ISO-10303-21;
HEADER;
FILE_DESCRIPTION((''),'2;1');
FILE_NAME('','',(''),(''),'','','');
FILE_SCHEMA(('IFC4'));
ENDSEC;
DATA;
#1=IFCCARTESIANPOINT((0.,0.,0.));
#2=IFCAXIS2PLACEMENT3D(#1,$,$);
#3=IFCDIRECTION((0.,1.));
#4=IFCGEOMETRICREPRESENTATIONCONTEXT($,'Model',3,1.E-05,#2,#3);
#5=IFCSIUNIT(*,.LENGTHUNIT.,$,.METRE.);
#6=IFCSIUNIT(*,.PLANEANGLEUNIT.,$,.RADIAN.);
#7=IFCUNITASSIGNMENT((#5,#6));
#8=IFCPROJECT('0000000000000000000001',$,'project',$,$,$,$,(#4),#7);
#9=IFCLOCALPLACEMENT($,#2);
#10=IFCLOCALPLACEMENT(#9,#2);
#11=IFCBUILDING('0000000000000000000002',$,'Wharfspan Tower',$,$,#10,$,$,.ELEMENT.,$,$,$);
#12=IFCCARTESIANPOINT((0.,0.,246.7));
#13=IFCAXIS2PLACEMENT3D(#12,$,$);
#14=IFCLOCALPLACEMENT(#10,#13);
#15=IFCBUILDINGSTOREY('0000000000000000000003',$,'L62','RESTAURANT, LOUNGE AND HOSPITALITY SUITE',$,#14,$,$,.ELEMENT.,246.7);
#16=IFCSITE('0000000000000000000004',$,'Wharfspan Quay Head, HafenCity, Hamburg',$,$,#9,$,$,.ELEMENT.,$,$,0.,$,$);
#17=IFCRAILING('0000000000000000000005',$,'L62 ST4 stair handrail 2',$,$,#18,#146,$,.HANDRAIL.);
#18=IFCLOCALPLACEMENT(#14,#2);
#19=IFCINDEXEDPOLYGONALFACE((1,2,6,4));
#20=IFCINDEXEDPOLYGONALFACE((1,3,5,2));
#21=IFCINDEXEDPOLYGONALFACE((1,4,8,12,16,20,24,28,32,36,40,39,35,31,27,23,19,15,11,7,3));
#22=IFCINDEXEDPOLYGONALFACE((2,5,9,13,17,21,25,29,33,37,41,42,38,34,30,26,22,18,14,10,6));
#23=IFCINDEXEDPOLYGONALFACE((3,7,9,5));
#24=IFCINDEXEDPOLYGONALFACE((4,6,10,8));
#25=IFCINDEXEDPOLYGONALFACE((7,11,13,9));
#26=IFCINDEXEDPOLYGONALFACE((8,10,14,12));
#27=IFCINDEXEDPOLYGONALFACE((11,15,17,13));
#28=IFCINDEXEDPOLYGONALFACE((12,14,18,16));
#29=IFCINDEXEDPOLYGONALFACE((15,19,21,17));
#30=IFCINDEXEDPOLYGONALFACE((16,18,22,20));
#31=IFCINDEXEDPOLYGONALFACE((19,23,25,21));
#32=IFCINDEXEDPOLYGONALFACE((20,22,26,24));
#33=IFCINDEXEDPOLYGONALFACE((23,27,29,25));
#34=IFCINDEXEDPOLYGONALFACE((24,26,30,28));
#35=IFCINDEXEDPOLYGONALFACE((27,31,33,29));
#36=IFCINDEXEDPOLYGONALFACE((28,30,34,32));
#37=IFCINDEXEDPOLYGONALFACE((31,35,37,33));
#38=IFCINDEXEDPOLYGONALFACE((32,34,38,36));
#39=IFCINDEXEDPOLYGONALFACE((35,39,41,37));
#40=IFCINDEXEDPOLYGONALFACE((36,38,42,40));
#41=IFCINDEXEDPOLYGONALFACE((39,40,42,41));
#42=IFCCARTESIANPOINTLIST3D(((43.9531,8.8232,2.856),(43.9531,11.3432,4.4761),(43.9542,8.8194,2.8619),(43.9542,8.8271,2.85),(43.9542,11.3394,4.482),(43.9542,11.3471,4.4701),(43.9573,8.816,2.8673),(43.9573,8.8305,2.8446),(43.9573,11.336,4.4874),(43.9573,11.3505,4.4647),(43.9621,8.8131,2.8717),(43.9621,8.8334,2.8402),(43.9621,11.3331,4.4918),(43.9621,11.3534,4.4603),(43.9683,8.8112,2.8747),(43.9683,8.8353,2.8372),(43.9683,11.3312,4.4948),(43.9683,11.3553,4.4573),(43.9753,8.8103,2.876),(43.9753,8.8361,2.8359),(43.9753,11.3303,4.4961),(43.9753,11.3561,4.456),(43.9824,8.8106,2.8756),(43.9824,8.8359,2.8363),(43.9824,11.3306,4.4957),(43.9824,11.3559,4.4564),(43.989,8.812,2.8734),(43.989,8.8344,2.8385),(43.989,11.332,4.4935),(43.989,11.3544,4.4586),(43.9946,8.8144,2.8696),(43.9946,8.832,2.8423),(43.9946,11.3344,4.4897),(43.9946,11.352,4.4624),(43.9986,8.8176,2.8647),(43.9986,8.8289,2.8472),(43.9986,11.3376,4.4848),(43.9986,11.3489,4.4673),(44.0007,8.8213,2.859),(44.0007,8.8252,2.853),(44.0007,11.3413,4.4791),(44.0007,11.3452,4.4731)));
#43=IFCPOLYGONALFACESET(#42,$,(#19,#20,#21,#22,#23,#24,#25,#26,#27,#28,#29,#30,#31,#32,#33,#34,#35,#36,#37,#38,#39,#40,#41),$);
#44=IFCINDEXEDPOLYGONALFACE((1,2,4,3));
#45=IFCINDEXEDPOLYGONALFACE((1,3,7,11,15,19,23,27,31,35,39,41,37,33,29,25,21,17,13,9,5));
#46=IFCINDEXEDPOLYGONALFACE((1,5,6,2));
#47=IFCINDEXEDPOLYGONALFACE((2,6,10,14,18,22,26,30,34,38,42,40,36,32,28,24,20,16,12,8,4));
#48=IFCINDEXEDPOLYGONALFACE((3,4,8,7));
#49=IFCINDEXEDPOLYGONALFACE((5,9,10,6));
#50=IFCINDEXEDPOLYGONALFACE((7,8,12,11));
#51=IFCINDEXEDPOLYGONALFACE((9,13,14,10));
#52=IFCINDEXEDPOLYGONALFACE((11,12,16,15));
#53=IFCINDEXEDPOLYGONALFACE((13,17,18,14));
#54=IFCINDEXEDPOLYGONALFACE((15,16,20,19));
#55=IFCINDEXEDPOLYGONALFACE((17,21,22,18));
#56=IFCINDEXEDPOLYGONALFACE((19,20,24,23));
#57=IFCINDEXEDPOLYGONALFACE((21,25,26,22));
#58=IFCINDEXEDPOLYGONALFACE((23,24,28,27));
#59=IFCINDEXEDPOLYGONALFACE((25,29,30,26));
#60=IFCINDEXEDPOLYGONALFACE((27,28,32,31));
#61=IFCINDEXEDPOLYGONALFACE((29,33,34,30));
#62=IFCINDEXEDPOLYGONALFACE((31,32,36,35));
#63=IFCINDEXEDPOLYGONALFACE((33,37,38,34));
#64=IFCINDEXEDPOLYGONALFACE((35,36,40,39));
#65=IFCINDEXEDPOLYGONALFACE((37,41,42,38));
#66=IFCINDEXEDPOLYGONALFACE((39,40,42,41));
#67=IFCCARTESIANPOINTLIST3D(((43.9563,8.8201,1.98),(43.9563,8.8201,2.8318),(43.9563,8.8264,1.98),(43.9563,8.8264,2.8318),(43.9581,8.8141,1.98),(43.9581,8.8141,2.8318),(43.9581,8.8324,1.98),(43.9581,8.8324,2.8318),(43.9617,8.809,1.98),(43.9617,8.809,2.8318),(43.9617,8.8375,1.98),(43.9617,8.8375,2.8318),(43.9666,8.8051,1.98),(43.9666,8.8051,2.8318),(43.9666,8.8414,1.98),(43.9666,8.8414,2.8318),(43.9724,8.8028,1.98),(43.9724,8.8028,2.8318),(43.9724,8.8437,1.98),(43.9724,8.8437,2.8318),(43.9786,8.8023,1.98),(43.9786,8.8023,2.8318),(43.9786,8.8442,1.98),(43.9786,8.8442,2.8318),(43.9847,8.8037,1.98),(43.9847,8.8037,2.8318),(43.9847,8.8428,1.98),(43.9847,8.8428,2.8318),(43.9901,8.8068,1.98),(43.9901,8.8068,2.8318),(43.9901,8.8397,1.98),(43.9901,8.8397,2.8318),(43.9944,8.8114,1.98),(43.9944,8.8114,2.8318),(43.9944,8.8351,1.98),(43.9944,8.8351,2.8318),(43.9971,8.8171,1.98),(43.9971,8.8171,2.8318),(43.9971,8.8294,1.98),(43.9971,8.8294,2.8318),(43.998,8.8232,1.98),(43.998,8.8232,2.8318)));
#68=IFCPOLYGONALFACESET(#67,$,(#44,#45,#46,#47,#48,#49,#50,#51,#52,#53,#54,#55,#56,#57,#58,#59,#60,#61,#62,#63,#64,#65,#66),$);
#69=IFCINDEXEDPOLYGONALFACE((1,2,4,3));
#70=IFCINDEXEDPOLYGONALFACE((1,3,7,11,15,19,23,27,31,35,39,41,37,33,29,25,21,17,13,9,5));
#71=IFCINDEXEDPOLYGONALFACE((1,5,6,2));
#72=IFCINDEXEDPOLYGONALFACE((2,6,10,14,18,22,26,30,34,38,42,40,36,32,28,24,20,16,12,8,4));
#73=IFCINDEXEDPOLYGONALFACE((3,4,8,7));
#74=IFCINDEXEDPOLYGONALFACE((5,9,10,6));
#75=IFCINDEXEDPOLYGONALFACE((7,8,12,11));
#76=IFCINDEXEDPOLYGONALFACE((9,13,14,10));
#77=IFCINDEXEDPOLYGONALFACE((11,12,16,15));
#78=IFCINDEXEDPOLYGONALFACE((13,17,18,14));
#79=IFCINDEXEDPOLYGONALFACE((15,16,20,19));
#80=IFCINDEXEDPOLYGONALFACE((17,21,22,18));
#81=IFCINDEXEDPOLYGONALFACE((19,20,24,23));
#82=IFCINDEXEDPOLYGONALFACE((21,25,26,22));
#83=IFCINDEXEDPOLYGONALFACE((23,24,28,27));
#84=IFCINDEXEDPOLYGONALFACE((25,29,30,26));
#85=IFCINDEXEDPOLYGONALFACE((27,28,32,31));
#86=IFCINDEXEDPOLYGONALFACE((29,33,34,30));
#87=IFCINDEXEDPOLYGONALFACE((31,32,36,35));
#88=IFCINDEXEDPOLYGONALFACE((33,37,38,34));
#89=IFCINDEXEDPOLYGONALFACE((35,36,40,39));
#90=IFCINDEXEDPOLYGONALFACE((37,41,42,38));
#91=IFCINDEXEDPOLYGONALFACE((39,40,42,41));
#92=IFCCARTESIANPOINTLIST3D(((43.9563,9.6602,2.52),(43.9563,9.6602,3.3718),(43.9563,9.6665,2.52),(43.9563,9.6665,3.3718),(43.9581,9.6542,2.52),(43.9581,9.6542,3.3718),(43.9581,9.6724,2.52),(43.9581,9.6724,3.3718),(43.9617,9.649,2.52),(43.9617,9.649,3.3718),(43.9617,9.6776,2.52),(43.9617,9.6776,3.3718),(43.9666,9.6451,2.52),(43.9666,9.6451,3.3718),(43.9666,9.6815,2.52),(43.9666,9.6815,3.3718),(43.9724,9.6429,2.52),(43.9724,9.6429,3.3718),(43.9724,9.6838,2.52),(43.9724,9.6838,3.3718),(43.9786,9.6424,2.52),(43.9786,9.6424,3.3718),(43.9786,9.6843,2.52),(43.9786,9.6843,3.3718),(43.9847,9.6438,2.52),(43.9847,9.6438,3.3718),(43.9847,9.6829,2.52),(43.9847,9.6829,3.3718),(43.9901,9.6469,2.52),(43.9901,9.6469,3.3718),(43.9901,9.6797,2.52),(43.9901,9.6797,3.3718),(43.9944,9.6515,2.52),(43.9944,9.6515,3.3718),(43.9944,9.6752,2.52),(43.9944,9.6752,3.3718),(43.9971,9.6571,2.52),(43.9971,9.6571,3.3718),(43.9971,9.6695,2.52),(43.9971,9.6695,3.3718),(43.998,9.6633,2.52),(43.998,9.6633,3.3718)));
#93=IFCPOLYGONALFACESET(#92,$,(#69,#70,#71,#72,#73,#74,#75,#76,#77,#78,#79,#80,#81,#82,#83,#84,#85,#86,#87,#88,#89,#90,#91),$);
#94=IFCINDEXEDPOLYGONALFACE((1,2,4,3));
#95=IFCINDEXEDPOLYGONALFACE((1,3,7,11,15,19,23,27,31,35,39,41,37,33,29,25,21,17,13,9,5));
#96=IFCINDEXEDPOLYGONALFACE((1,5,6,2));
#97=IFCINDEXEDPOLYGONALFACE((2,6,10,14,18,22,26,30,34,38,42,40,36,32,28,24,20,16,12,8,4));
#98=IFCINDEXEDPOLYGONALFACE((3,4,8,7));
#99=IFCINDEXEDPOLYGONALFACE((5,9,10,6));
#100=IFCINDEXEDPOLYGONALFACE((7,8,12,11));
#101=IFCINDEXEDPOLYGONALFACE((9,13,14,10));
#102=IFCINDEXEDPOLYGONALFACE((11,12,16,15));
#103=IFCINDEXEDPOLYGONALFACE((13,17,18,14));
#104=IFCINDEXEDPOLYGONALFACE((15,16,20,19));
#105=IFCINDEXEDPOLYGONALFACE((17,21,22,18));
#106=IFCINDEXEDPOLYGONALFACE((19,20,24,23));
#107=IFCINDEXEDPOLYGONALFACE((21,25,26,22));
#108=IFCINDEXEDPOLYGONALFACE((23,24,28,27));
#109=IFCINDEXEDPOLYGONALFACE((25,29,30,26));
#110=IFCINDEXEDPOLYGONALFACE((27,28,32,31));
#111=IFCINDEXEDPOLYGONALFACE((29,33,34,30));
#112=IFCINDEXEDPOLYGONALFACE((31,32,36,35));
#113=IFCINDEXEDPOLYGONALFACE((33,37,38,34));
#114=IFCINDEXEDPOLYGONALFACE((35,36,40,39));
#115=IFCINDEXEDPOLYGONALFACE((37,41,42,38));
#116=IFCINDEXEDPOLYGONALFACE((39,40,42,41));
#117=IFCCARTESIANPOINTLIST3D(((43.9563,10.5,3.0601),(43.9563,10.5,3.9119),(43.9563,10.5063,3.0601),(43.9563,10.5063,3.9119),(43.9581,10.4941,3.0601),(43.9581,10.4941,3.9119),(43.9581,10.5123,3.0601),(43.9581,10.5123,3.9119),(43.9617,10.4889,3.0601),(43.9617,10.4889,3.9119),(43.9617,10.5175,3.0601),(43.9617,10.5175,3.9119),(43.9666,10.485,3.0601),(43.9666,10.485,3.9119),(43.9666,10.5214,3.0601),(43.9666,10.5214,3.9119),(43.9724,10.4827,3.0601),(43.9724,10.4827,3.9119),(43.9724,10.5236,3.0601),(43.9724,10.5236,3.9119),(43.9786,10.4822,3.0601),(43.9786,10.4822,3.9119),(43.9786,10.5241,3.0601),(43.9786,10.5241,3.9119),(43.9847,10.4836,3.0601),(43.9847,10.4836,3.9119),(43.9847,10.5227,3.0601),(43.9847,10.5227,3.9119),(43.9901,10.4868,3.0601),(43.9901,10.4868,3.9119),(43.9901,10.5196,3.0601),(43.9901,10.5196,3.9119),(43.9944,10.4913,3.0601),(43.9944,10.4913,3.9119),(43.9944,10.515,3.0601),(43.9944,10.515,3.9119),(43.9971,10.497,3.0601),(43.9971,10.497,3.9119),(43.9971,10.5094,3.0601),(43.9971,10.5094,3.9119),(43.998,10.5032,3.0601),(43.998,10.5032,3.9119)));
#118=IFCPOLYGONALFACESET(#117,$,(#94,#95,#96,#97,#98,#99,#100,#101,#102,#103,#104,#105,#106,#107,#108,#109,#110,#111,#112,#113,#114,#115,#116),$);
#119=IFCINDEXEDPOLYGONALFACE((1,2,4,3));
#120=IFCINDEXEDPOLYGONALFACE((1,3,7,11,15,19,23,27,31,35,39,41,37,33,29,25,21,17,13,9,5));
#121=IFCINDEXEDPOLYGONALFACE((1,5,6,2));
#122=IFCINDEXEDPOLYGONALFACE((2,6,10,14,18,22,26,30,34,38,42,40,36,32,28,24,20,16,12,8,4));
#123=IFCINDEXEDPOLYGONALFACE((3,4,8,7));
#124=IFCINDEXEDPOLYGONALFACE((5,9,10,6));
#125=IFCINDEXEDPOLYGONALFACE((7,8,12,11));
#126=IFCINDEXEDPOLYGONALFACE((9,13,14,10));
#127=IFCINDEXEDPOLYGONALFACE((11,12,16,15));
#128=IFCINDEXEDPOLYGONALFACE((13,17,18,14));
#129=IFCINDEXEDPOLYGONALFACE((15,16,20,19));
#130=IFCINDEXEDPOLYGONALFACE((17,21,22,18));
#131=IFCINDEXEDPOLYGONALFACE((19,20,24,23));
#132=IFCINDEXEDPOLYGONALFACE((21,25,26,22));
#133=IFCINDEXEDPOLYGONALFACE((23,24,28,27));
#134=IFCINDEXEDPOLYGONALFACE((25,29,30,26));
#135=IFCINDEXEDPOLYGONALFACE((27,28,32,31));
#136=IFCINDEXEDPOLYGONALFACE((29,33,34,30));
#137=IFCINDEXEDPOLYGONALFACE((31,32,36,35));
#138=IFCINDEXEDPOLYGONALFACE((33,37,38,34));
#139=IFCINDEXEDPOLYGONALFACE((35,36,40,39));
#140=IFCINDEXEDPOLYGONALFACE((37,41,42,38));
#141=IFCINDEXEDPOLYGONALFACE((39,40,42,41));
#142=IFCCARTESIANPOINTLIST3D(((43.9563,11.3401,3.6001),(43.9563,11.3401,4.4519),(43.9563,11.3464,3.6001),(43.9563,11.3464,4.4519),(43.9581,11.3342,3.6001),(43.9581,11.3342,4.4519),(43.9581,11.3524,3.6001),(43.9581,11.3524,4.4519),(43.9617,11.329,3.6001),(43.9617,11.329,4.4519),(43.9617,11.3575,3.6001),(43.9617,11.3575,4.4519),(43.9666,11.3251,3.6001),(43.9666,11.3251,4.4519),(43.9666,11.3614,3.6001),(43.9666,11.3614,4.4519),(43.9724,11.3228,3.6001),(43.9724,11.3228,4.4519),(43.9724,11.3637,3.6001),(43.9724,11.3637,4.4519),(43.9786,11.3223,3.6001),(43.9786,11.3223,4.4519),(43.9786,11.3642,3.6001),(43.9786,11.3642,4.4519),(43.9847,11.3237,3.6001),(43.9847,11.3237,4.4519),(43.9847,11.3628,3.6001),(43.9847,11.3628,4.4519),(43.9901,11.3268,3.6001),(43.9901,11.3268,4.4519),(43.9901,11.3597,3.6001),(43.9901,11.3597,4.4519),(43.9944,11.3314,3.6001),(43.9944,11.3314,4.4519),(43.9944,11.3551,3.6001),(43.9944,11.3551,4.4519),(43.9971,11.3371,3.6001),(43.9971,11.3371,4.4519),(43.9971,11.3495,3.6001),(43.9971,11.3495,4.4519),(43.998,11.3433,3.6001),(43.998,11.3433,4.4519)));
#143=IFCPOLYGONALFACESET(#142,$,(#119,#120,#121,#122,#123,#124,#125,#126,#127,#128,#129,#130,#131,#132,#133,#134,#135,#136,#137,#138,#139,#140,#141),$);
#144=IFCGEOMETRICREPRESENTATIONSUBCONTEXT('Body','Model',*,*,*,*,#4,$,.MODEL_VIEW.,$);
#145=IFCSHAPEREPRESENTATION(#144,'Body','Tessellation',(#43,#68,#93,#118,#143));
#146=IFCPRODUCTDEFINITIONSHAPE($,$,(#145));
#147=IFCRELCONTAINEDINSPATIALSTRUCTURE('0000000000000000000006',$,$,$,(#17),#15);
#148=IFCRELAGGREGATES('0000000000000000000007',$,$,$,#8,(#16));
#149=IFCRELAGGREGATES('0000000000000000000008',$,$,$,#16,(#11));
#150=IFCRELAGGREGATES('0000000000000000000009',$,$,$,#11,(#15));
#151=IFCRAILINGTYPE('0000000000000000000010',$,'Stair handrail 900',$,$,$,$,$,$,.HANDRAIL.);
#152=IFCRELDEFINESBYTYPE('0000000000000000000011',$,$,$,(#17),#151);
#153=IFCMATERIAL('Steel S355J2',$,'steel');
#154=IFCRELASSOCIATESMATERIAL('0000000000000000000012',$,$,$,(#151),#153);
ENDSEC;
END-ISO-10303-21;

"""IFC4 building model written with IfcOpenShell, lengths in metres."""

from ifc_helpers import new_model, si_unit, direction, frame, origin, origin_2d, place, context, subcontext, project, spatial, circle, extrude, material, type_object, element, save


model = new_model("IFC4")

# Units and contexts
model_context = context("Model", 3, precision=1e-05, world=origin(), true_north=direction((0.0, 1.0)))
body_context = subcontext(model_context, "Body", "Model", "MODEL_VIEW")
ifc_project = project(units=[si_unit("LENGTHUNIT", "METRE"), si_unit("PLANEANGLEUNIT", "RADIAN")], contexts=[model_context])

# Site, building, storey
site_placement = place(None, origin())
site = spatial("IfcSite", under=ifc_project, at=site_placement, Name="Wharfspan Quay Head, HafenCity, Hamburg", CompositionType="ELEMENT", RefElevation=0.0)
building_placement = place(site_placement, origin())
building = spatial("IfcBuilding", under=site, at=building_placement, Name="Wharfspan Tower", CompositionType="ELEMENT")
storey_placement = place(building_placement, frame((0.0, 0.0, 246.7)))
storey = spatial("IfcBuildingStorey", under=building, at=storey_placement, Name="L62", Description="RESTAURANT, LOUNGE AND HOSPITALITY SUITE", CompositionType="ELEMENT", Elevation=246.7)

# Shared definitions
ifc_material_1 = material(Name="Steel S355J2", Category="steel")

# Railing
railing_type = type_object("IfcRailingType", Name="Stair handrail 900", PredefinedType="HANDRAIL", material=ifc_material_1)
railing_placement = place(storey_placement, frame((43.9771, 8.8232, 1.98)))
element("IfcRailing", 1, at=railing_placement, inside=storey, type_object=railing_type, Name="L62 ST4 stair handrail 2", PredefinedType="HANDRAIL", context=body_context, shape_type="SweptSolid", body=[
    extrude(circle(Radius=0.0239, at=origin_2d()), frame((0.0, 0.0, 0.876), z_axis=(0.0, 0.841163, 0.540782), x_axis=(-1.0, 0.0, 0.0)), (0.0, 0.0, 1.0), 2.9958),
    extrude(circle(Radius=0.021, at=origin_2d()), origin(), (0.0, 0.0, 1.0), 0.8518),
    extrude(circle(Radius=0.021, at=origin_2d()), frame((0.0, 0.8401, 0.54)), (0.0, 0.0, 1.0), 0.8518),
    extrude(circle(Radius=0.021, at=origin_2d()), frame((0.0, 1.6799, 1.0801)), (0.0, 0.0, 1.0), 0.8518),
    extrude(circle(Radius=0.021, at=origin_2d()), frame((0.0, 2.52, 1.6201)), (0.0, 0.0, 1.0), 0.8518),
])

save(model, "model.ifc")
